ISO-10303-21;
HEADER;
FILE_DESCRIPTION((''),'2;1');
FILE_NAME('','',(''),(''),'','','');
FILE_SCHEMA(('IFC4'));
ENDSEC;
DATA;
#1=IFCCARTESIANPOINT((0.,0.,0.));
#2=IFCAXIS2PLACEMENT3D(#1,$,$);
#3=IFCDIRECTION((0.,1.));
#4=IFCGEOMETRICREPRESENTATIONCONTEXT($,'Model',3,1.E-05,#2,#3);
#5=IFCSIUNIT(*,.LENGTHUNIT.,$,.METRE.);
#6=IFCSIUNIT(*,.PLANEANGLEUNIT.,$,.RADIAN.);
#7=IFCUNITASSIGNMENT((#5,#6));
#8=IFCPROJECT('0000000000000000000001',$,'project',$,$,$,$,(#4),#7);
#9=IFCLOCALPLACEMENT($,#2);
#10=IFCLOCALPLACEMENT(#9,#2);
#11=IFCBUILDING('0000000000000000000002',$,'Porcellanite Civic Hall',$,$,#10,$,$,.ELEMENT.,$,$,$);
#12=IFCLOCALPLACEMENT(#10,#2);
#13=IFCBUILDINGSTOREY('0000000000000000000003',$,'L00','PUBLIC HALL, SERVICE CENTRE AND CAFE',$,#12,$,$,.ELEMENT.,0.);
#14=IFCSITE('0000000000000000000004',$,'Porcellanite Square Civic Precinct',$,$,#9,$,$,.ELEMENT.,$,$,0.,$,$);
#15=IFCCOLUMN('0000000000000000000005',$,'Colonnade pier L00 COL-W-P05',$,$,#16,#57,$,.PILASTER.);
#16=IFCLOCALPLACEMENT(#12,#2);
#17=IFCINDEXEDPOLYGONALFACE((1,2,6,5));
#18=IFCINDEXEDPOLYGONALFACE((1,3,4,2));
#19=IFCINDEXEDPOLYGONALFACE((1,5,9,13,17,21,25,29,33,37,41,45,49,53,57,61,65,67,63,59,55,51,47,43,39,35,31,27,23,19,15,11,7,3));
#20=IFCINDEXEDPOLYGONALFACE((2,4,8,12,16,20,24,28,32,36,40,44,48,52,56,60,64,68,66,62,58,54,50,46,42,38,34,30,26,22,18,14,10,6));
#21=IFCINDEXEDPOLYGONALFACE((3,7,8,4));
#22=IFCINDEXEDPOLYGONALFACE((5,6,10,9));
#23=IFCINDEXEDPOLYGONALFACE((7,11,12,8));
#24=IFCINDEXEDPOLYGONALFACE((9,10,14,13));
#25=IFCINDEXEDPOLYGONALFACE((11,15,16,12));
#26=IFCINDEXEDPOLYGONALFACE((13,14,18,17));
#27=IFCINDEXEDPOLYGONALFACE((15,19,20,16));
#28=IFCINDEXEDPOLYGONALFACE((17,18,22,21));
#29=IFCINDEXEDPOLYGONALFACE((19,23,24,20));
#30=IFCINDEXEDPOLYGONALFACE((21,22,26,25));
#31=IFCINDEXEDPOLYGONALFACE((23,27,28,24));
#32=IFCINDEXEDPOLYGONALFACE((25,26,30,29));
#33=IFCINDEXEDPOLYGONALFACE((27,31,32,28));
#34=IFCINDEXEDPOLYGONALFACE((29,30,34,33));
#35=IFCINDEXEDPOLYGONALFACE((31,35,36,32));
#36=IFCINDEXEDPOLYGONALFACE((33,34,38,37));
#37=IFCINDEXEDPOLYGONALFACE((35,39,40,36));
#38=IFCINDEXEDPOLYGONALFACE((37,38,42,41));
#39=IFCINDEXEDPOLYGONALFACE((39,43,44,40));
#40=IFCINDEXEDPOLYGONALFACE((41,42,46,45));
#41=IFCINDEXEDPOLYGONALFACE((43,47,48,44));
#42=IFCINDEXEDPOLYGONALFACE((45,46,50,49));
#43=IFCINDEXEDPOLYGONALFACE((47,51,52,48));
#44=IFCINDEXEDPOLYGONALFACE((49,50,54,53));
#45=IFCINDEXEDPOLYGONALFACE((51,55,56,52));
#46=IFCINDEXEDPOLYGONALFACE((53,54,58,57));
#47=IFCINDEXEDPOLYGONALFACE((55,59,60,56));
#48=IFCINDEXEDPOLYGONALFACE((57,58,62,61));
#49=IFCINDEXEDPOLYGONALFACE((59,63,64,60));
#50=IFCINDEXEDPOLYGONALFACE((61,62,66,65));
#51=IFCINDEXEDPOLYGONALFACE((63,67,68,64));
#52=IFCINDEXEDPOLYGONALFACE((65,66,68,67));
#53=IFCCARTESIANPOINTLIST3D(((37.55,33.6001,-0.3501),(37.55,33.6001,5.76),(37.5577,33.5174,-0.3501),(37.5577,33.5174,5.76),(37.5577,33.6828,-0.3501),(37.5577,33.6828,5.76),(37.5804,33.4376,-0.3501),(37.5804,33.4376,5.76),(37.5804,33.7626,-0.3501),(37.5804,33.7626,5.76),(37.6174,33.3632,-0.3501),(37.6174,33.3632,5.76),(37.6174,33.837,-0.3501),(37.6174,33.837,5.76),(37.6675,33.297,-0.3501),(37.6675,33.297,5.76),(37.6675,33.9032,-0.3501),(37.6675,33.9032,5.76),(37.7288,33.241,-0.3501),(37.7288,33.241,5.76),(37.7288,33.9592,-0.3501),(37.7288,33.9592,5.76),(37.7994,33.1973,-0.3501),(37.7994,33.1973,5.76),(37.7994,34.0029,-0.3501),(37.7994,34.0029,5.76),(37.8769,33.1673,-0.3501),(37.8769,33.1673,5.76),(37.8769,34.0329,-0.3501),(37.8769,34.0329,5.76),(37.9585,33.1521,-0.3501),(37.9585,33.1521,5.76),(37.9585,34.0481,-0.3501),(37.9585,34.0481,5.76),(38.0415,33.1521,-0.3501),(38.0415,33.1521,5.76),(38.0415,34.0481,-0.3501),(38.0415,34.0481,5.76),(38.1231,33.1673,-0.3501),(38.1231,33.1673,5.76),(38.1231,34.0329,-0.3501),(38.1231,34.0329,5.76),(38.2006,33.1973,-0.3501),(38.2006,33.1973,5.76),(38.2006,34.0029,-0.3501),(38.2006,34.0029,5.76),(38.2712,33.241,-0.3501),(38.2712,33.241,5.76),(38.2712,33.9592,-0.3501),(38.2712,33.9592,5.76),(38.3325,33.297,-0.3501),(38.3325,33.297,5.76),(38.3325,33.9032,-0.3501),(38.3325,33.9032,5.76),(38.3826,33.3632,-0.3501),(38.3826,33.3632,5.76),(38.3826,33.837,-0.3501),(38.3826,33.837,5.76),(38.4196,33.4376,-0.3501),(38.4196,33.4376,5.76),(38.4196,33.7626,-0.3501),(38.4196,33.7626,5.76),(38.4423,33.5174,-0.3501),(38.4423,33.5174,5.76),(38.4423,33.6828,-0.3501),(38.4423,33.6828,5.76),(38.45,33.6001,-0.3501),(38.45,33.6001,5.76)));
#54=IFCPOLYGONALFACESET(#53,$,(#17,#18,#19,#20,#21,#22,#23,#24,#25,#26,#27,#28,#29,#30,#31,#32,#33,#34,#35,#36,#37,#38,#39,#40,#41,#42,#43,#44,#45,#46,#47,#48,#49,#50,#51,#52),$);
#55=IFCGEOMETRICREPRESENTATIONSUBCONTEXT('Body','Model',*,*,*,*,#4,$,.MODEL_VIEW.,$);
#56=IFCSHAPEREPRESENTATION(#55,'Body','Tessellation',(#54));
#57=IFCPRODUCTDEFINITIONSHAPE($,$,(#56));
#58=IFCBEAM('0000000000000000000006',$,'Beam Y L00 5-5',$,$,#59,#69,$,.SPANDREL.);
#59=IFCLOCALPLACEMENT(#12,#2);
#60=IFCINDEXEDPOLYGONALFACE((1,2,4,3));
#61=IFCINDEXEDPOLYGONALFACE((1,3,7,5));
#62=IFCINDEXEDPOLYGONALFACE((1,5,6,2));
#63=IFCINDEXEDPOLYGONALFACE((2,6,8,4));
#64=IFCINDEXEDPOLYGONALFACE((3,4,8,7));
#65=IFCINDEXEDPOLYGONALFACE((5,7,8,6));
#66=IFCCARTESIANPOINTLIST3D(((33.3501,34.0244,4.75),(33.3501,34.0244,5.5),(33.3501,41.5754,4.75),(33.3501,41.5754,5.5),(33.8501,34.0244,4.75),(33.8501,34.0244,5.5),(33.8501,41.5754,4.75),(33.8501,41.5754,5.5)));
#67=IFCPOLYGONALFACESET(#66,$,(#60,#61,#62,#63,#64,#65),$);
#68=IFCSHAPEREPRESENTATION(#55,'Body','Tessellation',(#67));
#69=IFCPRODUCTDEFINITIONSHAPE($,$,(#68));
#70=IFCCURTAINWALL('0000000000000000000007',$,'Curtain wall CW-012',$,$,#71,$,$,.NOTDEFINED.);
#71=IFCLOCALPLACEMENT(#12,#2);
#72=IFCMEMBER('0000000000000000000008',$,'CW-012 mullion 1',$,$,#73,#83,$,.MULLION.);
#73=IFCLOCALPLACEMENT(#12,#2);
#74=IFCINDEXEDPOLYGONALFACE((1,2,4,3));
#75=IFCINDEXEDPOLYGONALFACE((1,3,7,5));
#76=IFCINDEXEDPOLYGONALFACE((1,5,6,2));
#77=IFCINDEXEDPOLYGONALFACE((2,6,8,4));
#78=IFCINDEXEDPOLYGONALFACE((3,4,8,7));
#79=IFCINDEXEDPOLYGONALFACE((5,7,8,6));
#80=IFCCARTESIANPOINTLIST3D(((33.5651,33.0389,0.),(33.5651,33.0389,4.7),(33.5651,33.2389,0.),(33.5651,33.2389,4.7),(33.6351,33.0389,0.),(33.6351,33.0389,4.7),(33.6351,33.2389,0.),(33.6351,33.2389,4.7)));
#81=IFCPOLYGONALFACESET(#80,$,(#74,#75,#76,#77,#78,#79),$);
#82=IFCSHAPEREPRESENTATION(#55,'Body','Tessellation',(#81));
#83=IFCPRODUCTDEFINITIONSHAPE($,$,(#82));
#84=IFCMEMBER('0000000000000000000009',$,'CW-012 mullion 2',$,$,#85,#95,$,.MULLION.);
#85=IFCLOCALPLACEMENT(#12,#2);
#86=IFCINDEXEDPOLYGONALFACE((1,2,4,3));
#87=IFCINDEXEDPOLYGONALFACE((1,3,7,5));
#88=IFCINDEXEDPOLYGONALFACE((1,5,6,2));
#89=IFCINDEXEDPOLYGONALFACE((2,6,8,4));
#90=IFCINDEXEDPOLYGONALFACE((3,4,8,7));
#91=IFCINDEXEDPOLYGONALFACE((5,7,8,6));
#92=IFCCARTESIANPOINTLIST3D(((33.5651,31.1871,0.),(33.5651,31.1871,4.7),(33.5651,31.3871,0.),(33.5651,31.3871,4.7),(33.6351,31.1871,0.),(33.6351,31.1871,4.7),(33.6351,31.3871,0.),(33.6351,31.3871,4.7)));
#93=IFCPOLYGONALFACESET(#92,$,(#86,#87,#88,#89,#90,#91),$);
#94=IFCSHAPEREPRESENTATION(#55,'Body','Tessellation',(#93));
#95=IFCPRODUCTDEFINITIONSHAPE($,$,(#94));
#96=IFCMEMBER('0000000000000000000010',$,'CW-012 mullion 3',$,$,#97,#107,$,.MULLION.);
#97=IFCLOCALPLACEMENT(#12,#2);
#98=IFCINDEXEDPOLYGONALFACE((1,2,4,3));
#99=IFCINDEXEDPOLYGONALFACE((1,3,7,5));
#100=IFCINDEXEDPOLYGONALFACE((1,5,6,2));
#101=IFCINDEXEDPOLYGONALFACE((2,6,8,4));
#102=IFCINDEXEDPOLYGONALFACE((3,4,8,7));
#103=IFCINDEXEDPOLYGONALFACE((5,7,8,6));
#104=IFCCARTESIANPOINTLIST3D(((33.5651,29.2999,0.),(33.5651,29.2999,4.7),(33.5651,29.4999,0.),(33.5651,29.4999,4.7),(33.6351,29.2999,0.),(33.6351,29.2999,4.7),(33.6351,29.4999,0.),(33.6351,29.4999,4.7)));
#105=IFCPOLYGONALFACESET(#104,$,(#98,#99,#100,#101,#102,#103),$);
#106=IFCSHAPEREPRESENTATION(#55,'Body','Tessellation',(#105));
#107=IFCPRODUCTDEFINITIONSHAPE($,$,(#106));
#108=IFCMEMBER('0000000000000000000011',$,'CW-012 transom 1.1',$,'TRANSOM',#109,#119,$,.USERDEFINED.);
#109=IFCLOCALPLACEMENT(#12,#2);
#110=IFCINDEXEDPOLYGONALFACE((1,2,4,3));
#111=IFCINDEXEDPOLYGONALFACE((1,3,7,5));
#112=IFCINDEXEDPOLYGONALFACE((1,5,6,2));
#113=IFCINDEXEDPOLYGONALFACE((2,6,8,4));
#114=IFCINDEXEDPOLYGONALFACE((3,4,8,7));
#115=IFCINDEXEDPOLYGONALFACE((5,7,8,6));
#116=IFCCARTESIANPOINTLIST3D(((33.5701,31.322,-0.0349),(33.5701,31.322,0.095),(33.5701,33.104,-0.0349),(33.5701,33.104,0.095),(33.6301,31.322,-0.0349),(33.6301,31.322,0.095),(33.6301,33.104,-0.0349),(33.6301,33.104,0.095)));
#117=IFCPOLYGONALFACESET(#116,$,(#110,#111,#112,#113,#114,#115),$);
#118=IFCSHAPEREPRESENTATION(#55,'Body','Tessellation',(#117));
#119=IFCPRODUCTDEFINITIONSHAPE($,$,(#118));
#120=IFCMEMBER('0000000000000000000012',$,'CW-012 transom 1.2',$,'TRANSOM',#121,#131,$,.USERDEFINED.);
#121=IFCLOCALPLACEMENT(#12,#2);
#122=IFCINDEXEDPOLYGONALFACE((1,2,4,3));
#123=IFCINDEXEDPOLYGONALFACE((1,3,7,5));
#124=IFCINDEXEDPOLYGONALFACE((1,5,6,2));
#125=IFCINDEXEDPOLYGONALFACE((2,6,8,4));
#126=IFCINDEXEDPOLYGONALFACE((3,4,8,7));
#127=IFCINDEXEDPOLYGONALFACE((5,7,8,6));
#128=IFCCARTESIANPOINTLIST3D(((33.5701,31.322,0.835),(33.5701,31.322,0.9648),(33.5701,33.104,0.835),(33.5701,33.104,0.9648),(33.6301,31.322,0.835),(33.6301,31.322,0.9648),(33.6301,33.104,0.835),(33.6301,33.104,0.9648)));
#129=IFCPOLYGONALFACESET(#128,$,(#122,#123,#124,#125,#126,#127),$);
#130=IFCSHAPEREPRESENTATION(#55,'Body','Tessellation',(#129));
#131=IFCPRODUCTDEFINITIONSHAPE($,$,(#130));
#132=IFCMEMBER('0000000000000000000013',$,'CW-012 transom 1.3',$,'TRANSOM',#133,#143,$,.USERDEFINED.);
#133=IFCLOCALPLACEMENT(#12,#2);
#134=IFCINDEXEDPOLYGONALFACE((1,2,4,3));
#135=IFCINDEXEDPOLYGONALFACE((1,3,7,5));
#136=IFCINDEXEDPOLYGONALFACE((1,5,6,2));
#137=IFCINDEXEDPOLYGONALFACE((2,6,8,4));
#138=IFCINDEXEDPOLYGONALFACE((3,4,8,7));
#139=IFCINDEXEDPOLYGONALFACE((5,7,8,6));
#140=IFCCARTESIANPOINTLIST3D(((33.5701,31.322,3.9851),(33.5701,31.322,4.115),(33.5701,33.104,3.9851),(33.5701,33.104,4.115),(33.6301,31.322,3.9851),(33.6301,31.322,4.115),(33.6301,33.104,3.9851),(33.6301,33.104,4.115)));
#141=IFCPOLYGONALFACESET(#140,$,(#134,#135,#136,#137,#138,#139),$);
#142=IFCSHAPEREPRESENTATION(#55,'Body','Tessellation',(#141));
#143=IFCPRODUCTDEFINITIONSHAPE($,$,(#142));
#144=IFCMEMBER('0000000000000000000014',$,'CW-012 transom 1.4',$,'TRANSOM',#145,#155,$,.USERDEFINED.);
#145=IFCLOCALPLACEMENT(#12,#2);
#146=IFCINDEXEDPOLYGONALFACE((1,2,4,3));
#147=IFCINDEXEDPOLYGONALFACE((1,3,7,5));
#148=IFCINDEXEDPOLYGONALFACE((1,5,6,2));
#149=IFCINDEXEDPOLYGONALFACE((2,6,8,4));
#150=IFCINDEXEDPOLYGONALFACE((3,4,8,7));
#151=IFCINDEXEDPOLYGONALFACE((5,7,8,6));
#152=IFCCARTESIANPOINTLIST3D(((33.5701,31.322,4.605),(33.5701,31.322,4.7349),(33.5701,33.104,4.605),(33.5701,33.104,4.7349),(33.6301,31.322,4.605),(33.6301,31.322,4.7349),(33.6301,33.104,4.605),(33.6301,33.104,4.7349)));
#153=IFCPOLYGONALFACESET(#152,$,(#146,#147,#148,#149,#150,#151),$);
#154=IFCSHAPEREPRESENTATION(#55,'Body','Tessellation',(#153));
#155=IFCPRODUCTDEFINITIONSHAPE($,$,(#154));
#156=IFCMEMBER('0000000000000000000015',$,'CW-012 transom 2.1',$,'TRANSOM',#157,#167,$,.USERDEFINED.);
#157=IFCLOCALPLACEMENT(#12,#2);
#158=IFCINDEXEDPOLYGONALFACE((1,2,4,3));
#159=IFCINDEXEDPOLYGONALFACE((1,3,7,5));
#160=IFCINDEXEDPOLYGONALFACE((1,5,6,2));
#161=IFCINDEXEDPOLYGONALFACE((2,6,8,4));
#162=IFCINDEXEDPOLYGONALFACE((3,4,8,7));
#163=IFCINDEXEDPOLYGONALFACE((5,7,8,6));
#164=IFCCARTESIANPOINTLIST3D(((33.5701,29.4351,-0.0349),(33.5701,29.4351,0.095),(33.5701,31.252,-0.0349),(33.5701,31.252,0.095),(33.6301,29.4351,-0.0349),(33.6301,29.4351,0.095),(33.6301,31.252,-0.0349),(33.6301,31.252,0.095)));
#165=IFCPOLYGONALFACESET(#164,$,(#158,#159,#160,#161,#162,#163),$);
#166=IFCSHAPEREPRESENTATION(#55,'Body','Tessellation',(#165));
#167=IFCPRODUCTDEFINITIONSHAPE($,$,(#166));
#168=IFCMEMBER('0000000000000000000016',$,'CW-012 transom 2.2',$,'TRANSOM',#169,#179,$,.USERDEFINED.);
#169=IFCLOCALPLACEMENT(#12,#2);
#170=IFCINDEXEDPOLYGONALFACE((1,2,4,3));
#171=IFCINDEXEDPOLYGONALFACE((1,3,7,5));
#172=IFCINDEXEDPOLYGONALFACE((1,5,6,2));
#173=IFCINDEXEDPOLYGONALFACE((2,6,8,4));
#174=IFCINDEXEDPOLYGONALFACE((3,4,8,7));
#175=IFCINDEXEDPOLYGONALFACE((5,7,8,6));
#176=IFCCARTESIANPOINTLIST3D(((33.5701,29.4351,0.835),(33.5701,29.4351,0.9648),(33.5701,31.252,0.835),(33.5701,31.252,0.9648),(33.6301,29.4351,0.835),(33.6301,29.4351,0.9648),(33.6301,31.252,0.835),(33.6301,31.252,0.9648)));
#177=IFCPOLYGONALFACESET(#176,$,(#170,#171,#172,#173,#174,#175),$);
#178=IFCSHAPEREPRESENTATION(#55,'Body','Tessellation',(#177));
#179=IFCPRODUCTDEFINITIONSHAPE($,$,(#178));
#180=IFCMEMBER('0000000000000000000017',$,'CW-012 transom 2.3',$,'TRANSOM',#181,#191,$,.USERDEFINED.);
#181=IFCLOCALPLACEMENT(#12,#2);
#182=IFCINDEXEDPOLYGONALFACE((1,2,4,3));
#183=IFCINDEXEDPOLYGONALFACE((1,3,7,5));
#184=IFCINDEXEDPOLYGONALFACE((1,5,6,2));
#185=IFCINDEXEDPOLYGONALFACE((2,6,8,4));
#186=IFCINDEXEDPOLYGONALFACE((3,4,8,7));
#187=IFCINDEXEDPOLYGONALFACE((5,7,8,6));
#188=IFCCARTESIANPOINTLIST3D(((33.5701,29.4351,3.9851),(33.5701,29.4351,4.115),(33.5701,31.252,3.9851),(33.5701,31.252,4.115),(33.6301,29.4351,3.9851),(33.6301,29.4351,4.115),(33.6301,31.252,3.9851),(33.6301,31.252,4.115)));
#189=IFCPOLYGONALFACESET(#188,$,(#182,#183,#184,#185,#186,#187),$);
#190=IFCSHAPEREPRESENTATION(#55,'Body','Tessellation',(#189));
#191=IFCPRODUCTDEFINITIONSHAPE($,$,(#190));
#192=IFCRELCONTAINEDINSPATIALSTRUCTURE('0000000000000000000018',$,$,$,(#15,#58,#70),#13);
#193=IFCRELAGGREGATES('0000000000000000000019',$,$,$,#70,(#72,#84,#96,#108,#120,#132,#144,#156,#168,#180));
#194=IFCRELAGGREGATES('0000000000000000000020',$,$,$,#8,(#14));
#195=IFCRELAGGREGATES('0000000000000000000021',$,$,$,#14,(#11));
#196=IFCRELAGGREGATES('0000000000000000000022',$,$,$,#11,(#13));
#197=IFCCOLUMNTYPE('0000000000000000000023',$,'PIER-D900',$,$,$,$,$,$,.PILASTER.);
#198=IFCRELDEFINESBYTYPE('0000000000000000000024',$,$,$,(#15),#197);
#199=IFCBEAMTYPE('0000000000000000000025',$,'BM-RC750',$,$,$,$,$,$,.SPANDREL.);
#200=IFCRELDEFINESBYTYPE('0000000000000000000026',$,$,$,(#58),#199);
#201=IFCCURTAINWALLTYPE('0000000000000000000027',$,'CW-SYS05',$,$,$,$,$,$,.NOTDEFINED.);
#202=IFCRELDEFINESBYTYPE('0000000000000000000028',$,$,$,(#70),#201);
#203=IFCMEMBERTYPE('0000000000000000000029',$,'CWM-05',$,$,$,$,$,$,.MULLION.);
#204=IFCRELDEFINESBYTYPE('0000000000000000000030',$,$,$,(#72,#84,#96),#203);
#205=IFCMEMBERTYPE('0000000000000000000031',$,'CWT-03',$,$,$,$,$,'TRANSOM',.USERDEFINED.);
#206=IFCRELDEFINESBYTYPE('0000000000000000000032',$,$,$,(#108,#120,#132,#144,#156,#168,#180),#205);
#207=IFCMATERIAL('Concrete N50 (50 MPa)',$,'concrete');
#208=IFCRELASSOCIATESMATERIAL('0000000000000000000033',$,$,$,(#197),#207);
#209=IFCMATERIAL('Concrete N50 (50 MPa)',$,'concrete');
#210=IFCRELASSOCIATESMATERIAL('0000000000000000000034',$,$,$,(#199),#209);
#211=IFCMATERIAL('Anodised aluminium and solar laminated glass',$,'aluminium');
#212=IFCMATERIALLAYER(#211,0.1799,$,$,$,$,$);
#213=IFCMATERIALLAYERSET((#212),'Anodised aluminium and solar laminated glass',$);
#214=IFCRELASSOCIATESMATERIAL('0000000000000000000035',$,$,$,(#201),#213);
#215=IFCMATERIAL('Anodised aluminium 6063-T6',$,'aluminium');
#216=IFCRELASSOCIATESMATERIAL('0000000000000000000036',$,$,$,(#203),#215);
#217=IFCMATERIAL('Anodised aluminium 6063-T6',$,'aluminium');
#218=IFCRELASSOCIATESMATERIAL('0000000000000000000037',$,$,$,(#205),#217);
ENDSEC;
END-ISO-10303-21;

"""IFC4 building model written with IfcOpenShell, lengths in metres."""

from ifc_helpers import new_model, si_unit, direction, frame, origin, origin_2d, place, context, subcontext, project, spatial, rectangle, circle, extrude, material, layer, layer_set, material_profile, profile_set, type_object, element, aggregate, save


model = new_model("IFC4")

# Units and contexts
model_context = context("Model", 3, precision=1e-05, world=origin(), true_north=direction((0.0, 1.0)))
body_context = subcontext(model_context, "Body", "Model", "MODEL_VIEW")
ifc_project = project(units=[si_unit("LENGTHUNIT", "METRE"), si_unit("PLANEANGLEUNIT", "RADIAN")], contexts=[model_context])

# Site, building, storey
site_placement = place(None, origin())
site = spatial("IfcSite", under=ifc_project, at=site_placement, Name="Porcellanite Square Civic Precinct", CompositionType="ELEMENT", RefElevation=0.0)
building_placement = place(site_placement, origin())
building = spatial("IfcBuilding", under=site, at=building_placement, Name="Porcellanite Civic Hall", CompositionType="ELEMENT")
storey_placement = place(building_placement, origin())
storey = spatial("IfcBuildingStorey", under=building, at=storey_placement, Name="L00", Description="PUBLIC HALL, SERVICE CENTRE AND CAFE", CompositionType="ELEMENT", Elevation=0.0)

# Column
ifc_material_1 = material(Name="Concrete N50 (50 MPa)", Category="concrete")
ifc_material_profile_1 = material_profile(ifc_material_1, circle(Radius=0.45, at=origin_2d()), Name="RC-D900")
ifc_profile_set_1 = profile_set([ifc_material_profile_1], Name="Concrete N50 (50 MPa)")
column_type_1 = type_object("IfcColumnType", Name="PIER-D900", PredefinedType="PILASTER", material=ifc_profile_set_1)
column_1_placement = place(storey_placement, frame((38.0, 33.6001, -0.3501), z_axis=(0.0, 0.0, 1.0), x_axis=(1.0, 0.0, 0.0)))
element("IfcColumn", 1, at=column_1_placement, inside=storey, type_object=column_type_1, Name="Colonnade pier L00 COL-W-P05", PredefinedType="PILASTER", context=body_context, shape_type="SweptSolid", body=[
    extrude(circle(Radius=0.45, at=origin_2d()), origin(), (0.0, 0.0, 1.0), 6.1101),
])

# Beam
ifc_material_2 = material(Name="Concrete N50 (50 MPa)", Category="concrete")
ifc_material_profile_2 = material_profile(ifc_material_2, rectangle(XDim=0.5, YDim=0.75, at=origin_2d()), Name="RC-500x750")
ifc_profile_set_2 = profile_set([ifc_material_profile_2], Name="Concrete N50 (50 MPa)")
beam_type_1 = type_object("IfcBeamType", Name="BM-RC750", PredefinedType="SPANDREL", material=ifc_profile_set_2)
beam_1_placement = place(storey_placement, frame((33.6001, 34.0244, 5.125), z_axis=(0.0, 1.0, 0.0), x_axis=(-1.0, 0.0, 0.0)))
element("IfcBeam", 2, at=beam_1_placement, inside=storey, type_object=beam_type_1, Name="Beam Y L00 5-5", PredefinedType="SPANDREL", context=body_context, shape_type="SweptSolid", body=[
    extrude(rectangle(XDim=0.5, YDim=0.75, at=origin_2d()), origin(), (0.0, 0.0, 1.0), 7.551),
])

# Curtain wall, members
ifc_material_3 = material(Name="Anodised aluminium and solar laminated glass", Category="aluminium")
ifc_layer_1 = layer(ifc_material_3, 0.1799)
ifc_layer_set_1 = layer_set([ifc_layer_1], Name="Anodised aluminium and solar laminated glass")
curtain_wall_type = type_object("IfcCurtainWallType", Name="CW-SYS05", PredefinedType="NOTDEFINED", material=ifc_layer_set_1)
curtain_wall_placement = place(storey_placement, origin())
curtain_wall = element("IfcCurtainWall", 3, at=curtain_wall_placement, inside=storey, type_object=curtain_wall_type, Name="Curtain wall CW-012", PredefinedType="NOTDEFINED")
ifc_material_4 = material(Name="Anodised aluminium 6063-T6", Category="aluminium")
ifc_material_profile_3 = material_profile(ifc_material_4, rectangle(XDim=0.0701, YDim=0.2, at=origin_2d()), Name="AL-70x200")
ifc_profile_set_3 = profile_set([ifc_material_profile_3], Name="Anodised aluminium 6063-T6")
member_type_1 = type_object("IfcMemberType", Name="CWM-05", PredefinedType="MULLION", material=ifc_profile_set_3)
member_1_placement = place(storey_placement, frame((33.6001, 33.1389, 0.0), z_axis=(0.0, 0.0, 1.0), x_axis=(1.0, 0.0, 0.0)))
member_1 = element("IfcMember", 4, at=member_1_placement, type_object=member_type_1, Name="CW-012 mullion 1", PredefinedType="MULLION", context=body_context, shape_type="SweptSolid", body=[
    extrude(rectangle(XDim=0.0701, YDim=0.2, at=origin_2d()), origin(), (0.0, 0.0, 1.0), 4.7),
])
member_2_placement = place(storey_placement, frame((33.6001, 31.2871, 0.0), z_axis=(0.0, 0.0, 1.0), x_axis=(1.0, 0.0, 0.0)))
member_2 = element("IfcMember", 5, at=member_2_placement, type_object=member_type_1, Name="CW-012 mullion 2", PredefinedType="MULLION", context=body_context, shape_type="SweptSolid", body=[
    extrude(rectangle(XDim=0.0701, YDim=0.2, at=origin_2d()), origin(), (0.0, 0.0, 1.0), 4.7),
])
member_3_placement = place(storey_placement, frame((33.6001, 29.3999, 0.0), z_axis=(0.0, 0.0, 1.0), x_axis=(1.0, 0.0, 0.0)))
member_3 = element("IfcMember", 6, at=member_3_placement, type_object=member_type_1, Name="CW-012 mullion 3", PredefinedType="MULLION", context=body_context, shape_type="SweptSolid", body=[
    extrude(rectangle(XDim=0.0701, YDim=0.2, at=origin_2d()), origin(), (0.0, 0.0, 1.0), 4.7),
])
ifc_material_5 = material(Name="Anodised aluminium 6063-T6", Category="aluminium")
ifc_material_profile_4 = material_profile(ifc_material_5, rectangle(XDim=0.0601, YDim=0.1299, at=origin_2d()), Name="AL-60x130")
ifc_profile_set_4 = profile_set([ifc_material_profile_4], Name="Anodised aluminium 6063-T6")
member_type_2 = type_object("IfcMemberType", Name="CWT-03", ElementType="TRANSOM", PredefinedType="USERDEFINED", material=ifc_profile_set_4)
member_4_placement = place(storey_placement, frame((33.6001, 33.104, 0.03), z_axis=(0.0, -1.0, 0.0), x_axis=(1.0, 0.0, 0.0)))
member_4 = element("IfcMember", 7, at=member_4_placement, type_object=member_type_2, Name="CW-012 transom 1.1", ObjectType="TRANSOM", PredefinedType="USERDEFINED", context=body_context, shape_type="SweptSolid", body=[
    extrude(rectangle(XDim=0.0601, YDim=0.1299, at=origin_2d()), origin(), (0.0, 0.0, 1.0), 1.782),
])
member_5_placement = place(storey_placement, frame((33.6001, 33.104, 0.8999), z_axis=(0.0, -1.0, 0.0), x_axis=(1.0, 0.0, 0.0)))
member_5 = element("IfcMember", 8, at=member_5_placement, type_object=member_type_2, Name="CW-012 transom 1.2", ObjectType="TRANSOM", PredefinedType="USERDEFINED", context=body_context, shape_type="SweptSolid", body=[
    extrude(rectangle(XDim=0.0601, YDim=0.1299, at=origin_2d()), origin(), (0.0, 0.0, 1.0), 1.782),
])
member_6_placement = place(storey_placement, frame((33.6001, 33.104, 4.05), z_axis=(0.0, -1.0, 0.0), x_axis=(1.0, 0.0, 0.0)))
member_6 = element("IfcMember", 9, at=member_6_placement, type_object=member_type_2, Name="CW-012 transom 1.3", ObjectType="TRANSOM", PredefinedType="USERDEFINED", context=body_context, shape_type="SweptSolid", body=[
    extrude(rectangle(XDim=0.0601, YDim=0.1299, at=origin_2d()), origin(), (0.0, 0.0, 1.0), 1.782),
])
member_7_placement = place(storey_placement, frame((33.6001, 33.104, 4.6699), z_axis=(0.0, -1.0, 0.0), x_axis=(1.0, 0.0, 0.0)))
member_7 = element("IfcMember", 10, at=member_7_placement, type_object=member_type_2, Name="CW-012 transom 1.4", ObjectType="TRANSOM", PredefinedType="USERDEFINED", context=body_context, shape_type="SweptSolid", body=[
    extrude(rectangle(XDim=0.0601, YDim=0.1299, at=origin_2d()), origin(), (0.0, 0.0, 1.0), 1.782),
])
member_8_placement = place(storey_placement, frame((33.6001, 31.252, 0.03), z_axis=(0.0, -1.0, 0.0), x_axis=(1.0, 0.0, 0.0)))
member_8 = element("IfcMember", 11, at=member_8_placement, type_object=member_type_2, Name="CW-012 transom 2.1", ObjectType="TRANSOM", PredefinedType="USERDEFINED", context=body_context, shape_type="SweptSolid", body=[
    extrude(rectangle(XDim=0.0601, YDim=0.1299, at=origin_2d()), origin(), (0.0, 0.0, 1.0), 1.8169),
])
member_9_placement = place(storey_placement, frame((33.6001, 31.252, 0.8999), z_axis=(0.0, -1.0, 0.0), x_axis=(1.0, 0.0, 0.0)))
member_9 = element("IfcMember", 12, at=member_9_placement, type_object=member_type_2, Name="CW-012 transom 2.2", ObjectType="TRANSOM", PredefinedType="USERDEFINED", context=body_context, shape_type="SweptSolid", body=[
    extrude(rectangle(XDim=0.0601, YDim=0.1299, at=origin_2d()), origin(), (0.0, 0.0, 1.0), 1.8169),
])
member_10_placement = place(storey_placement, frame((33.6001, 31.252, 4.05), z_axis=(0.0, -1.0, 0.0), x_axis=(1.0, 0.0, 0.0)))
member_10 = element("IfcMember", 13, at=member_10_placement, type_object=member_type_2, Name="CW-012 transom 2.3", ObjectType="TRANSOM", PredefinedType="USERDEFINED", context=body_context, shape_type="SweptSolid", body=[
    extrude(rectangle(XDim=0.0601, YDim=0.1299, at=origin_2d()), origin(), (0.0, 0.0, 1.0), 1.8169),
])

aggregate(curtain_wall, [member_1, member_2, member_3, member_4, member_5, member_6, member_7, member_8, member_9, member_10])

save(model, "model.ifc")
